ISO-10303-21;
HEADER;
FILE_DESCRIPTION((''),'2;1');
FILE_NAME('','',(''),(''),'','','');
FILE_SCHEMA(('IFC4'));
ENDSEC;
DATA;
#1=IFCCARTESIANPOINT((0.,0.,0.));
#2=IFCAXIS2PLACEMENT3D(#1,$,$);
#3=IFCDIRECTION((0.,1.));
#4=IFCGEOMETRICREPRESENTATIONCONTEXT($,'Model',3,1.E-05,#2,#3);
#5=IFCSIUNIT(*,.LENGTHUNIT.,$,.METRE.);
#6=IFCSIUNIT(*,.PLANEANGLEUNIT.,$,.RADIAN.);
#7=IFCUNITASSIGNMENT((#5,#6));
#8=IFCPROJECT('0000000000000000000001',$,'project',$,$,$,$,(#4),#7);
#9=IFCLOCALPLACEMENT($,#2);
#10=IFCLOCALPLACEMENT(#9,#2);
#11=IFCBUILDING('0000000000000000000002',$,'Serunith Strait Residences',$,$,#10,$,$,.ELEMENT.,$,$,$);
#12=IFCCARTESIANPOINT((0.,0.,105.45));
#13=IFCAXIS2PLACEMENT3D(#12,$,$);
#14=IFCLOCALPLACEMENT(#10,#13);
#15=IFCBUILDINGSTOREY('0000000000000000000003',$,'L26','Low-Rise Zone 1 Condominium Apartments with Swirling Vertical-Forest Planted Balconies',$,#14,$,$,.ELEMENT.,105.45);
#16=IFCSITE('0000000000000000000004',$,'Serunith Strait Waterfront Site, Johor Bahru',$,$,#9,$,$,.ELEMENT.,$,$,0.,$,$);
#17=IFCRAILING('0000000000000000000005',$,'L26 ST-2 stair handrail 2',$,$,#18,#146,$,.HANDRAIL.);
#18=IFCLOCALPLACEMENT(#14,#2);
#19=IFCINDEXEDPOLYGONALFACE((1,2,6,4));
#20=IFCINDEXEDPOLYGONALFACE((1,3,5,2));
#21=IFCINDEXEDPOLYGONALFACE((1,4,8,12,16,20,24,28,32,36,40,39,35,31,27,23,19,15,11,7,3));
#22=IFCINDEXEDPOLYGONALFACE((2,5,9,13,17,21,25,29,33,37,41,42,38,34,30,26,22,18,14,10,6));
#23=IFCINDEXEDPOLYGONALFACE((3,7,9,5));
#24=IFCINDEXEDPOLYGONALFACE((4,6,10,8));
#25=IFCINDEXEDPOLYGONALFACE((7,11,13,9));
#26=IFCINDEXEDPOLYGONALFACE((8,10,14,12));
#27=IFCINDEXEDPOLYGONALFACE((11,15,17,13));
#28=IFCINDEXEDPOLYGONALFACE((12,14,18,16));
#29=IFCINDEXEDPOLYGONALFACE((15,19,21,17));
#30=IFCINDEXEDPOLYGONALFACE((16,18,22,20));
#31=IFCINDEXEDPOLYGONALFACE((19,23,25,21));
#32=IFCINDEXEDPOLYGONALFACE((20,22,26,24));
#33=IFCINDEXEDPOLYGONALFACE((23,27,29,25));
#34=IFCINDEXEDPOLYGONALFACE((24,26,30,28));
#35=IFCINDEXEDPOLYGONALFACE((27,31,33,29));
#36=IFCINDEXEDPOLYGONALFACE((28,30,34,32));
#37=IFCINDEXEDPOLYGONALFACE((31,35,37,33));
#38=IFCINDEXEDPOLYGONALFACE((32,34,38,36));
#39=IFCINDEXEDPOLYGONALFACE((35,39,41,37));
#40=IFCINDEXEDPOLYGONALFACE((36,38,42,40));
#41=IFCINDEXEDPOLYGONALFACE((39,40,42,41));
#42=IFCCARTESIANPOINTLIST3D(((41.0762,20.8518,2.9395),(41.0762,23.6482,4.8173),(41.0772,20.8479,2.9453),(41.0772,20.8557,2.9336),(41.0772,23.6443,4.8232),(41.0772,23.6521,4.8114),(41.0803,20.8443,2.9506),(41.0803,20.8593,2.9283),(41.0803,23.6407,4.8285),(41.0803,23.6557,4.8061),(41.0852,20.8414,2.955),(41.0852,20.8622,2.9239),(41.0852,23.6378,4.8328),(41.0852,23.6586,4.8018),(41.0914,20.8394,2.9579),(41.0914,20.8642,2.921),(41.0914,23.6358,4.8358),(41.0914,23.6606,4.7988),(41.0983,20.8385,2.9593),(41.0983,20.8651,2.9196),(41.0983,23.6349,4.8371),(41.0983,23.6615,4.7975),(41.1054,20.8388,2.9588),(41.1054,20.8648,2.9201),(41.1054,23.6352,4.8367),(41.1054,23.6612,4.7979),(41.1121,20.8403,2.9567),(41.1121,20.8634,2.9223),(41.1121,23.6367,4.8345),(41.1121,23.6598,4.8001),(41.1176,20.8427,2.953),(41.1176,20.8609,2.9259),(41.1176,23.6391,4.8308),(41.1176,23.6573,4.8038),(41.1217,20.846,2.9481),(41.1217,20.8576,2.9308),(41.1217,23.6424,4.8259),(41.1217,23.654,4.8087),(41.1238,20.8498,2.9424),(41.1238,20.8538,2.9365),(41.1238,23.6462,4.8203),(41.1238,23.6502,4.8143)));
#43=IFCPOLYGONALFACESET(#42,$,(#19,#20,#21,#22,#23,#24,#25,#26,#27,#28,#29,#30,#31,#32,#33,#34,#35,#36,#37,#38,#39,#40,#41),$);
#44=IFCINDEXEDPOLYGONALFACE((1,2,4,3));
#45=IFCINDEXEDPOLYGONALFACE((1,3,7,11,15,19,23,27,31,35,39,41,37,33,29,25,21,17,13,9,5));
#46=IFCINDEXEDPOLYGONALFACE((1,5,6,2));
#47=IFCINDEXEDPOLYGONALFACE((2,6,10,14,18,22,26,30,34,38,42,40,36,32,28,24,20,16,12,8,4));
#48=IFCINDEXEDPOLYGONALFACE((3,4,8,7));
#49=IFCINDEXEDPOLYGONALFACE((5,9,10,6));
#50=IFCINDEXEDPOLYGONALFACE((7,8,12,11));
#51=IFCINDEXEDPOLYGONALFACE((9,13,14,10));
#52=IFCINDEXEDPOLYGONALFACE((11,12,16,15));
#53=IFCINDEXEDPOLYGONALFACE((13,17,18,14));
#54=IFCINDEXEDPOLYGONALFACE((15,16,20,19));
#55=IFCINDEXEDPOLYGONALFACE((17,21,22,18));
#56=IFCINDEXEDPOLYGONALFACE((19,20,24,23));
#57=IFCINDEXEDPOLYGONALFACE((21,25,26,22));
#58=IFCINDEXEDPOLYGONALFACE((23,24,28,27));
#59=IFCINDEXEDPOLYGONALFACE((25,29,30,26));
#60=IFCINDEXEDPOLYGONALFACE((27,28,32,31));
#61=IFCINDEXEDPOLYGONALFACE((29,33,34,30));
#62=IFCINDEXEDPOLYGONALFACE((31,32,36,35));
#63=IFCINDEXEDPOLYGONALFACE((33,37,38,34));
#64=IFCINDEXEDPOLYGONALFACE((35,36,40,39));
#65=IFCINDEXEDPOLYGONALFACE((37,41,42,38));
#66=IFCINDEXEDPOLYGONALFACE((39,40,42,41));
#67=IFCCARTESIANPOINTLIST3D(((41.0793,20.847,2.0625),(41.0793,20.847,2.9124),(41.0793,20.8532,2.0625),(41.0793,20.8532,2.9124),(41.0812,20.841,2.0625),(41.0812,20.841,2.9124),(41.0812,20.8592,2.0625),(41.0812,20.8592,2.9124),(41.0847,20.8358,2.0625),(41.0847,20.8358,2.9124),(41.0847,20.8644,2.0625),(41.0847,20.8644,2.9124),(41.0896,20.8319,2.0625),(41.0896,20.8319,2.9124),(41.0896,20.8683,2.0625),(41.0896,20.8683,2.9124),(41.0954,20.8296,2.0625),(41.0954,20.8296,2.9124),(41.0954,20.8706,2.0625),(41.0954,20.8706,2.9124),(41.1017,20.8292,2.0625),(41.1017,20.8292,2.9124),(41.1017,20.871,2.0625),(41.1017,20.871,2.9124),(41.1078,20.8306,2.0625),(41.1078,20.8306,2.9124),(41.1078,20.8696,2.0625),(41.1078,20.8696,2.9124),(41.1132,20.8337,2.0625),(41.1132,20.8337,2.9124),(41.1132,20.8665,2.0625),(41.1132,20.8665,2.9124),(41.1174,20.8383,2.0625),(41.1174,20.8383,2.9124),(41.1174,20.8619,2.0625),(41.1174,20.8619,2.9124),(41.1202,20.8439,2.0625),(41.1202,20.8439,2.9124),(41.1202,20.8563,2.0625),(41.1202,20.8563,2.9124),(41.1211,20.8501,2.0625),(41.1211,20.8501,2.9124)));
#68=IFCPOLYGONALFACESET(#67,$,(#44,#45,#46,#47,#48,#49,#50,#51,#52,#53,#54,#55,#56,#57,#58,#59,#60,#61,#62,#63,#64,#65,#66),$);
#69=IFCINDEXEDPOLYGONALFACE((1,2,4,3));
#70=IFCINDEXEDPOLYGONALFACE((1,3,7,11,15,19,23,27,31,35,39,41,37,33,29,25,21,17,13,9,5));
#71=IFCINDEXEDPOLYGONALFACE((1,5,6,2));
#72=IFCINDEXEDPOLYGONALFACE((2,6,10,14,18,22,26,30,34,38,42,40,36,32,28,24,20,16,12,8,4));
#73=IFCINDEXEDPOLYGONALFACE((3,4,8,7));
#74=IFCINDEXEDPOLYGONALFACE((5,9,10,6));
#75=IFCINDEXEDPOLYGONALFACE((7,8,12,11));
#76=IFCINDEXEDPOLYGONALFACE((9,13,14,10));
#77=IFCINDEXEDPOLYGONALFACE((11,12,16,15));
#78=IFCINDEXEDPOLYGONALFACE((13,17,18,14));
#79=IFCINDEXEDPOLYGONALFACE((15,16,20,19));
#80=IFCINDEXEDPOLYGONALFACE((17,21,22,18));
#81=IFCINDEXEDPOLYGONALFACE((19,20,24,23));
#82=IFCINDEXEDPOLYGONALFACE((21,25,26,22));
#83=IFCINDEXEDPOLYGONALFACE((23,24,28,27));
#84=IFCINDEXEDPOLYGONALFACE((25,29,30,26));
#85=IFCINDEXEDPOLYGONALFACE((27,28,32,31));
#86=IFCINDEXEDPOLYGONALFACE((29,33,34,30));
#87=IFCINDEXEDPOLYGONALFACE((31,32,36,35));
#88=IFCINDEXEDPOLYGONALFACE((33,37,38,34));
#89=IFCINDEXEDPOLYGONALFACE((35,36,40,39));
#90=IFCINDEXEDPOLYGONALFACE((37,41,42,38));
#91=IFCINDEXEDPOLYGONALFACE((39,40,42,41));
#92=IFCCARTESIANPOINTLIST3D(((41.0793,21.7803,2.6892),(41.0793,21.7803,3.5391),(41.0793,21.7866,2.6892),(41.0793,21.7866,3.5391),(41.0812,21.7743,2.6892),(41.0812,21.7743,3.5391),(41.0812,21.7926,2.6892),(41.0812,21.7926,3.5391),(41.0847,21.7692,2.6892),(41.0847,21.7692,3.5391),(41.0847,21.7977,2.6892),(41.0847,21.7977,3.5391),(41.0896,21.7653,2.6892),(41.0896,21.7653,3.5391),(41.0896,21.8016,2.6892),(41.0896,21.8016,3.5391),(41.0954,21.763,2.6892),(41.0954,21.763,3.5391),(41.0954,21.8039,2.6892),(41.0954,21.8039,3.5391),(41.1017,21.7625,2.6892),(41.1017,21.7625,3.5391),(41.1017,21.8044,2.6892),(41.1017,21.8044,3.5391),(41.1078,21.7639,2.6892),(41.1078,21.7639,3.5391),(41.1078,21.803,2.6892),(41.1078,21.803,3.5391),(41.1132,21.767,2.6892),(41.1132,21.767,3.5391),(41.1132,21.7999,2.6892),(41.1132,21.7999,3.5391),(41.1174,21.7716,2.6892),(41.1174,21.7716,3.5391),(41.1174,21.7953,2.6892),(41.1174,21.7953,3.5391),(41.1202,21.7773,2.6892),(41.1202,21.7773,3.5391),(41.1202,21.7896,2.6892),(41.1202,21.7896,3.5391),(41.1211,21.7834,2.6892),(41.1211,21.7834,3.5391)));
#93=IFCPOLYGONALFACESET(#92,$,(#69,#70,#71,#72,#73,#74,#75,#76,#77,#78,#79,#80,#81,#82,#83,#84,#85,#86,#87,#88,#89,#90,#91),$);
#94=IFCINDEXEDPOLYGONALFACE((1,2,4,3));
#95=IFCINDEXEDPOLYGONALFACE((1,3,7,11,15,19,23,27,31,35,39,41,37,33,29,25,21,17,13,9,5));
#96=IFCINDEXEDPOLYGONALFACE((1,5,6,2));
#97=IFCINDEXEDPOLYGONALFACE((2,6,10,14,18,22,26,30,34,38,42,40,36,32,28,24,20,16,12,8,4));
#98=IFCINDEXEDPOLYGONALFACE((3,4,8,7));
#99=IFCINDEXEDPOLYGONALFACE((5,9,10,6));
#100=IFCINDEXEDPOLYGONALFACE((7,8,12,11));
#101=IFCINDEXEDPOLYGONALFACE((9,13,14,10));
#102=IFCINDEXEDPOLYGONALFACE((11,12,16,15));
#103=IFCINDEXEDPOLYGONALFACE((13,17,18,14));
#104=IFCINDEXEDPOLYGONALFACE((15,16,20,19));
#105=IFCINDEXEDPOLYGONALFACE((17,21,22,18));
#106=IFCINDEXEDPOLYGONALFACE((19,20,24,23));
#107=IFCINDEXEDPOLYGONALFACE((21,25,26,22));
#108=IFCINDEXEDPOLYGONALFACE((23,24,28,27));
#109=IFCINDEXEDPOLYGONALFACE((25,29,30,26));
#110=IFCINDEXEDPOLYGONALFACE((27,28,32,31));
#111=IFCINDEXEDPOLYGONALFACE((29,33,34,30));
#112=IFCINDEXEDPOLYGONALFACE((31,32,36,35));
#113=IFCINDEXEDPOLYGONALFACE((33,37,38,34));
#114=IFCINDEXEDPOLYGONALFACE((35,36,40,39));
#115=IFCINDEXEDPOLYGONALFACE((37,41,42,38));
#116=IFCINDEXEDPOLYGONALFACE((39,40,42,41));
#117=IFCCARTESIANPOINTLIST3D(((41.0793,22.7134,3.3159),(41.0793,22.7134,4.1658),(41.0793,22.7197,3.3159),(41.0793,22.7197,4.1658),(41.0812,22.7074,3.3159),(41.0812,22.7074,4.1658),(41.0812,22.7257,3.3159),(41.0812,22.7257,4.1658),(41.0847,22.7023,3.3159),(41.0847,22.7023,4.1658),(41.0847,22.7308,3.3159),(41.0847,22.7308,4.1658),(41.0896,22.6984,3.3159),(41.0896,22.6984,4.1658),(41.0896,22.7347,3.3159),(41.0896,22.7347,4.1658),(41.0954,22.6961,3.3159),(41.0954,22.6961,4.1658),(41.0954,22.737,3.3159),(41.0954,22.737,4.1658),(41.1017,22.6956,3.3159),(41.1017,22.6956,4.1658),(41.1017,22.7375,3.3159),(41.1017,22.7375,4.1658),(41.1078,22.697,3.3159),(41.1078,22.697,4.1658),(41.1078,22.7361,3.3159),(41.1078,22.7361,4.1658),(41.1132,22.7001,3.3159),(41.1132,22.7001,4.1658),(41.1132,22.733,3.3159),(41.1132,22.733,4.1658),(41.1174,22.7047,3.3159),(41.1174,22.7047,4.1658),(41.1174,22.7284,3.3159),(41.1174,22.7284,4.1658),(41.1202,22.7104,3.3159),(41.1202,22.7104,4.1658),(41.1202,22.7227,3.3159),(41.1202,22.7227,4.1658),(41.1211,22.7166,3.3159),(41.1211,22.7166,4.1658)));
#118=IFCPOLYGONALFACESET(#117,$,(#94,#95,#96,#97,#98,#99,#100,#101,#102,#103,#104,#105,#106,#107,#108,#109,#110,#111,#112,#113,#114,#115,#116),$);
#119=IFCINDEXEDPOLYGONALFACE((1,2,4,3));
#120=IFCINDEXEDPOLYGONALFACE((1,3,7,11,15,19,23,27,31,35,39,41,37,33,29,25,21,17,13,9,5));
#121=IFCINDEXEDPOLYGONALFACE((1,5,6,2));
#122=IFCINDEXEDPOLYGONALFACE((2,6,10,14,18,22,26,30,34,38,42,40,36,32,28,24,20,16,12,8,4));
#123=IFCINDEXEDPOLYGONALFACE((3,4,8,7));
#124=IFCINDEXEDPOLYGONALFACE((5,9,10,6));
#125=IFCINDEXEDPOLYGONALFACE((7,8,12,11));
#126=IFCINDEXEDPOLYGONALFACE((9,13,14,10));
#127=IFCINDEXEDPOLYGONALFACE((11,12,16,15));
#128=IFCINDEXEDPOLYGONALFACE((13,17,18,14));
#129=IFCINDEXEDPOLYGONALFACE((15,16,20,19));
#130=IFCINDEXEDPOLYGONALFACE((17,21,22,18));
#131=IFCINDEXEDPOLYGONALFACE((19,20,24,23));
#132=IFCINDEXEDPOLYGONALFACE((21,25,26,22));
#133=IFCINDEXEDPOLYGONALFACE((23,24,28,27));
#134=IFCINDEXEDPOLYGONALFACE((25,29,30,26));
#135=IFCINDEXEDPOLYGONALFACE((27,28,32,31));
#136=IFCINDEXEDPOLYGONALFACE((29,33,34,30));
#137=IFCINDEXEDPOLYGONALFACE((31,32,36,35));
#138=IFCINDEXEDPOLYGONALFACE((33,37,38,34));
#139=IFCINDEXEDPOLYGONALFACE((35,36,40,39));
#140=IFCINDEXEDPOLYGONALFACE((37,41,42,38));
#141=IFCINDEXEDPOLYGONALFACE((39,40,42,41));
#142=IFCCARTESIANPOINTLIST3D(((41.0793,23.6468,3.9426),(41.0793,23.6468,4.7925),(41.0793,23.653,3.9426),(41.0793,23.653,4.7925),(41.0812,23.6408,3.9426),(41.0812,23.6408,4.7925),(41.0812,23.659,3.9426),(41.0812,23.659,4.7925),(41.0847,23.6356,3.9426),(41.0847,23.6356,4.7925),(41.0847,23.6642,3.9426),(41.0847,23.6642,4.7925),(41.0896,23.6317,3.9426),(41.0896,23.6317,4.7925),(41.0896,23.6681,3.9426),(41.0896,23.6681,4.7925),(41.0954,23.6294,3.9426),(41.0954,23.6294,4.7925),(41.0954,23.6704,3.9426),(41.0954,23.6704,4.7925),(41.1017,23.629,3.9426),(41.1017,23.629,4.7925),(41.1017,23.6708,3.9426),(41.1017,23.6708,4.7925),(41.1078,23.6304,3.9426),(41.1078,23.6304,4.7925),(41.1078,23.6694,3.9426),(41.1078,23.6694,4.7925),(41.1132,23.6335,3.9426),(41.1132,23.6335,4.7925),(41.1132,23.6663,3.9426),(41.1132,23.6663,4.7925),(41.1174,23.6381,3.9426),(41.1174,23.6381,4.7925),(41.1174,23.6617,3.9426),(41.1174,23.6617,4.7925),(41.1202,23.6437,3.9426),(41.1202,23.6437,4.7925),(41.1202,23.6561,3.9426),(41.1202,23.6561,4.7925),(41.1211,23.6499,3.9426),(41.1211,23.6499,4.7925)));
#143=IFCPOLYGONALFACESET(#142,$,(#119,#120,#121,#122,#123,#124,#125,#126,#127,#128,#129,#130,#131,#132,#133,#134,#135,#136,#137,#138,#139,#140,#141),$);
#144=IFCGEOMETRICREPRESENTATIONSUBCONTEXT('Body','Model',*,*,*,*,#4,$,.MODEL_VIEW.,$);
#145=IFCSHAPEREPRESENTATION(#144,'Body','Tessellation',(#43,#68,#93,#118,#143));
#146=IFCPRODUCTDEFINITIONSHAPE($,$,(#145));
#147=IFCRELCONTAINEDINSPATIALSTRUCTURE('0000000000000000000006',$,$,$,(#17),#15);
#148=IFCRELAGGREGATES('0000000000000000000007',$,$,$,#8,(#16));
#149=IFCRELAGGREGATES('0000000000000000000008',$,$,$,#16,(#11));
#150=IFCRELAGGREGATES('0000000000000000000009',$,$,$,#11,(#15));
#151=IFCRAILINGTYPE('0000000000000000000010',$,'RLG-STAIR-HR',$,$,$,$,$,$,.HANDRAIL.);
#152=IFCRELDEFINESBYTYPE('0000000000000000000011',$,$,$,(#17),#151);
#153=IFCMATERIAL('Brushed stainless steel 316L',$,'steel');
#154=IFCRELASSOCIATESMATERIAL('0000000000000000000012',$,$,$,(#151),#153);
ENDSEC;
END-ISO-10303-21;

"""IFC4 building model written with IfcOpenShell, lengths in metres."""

from ifc_helpers import new_model, si_unit, direction, frame, origin, origin_2d, place, context, subcontext, project, spatial, circle, extrude, material, type_object, element, save


model = new_model("IFC4")

# Units and contexts
model_context = context("Model", 3, precision=1e-05, world=origin(), true_north=direction((0.0, 1.0)))
body_context = subcontext(model_context, "Body", "Model", "MODEL_VIEW")
ifc_project = project(units=[si_unit("LENGTHUNIT", "METRE"), si_unit("PLANEANGLEUNIT", "RADIAN")], contexts=[model_context])

# Site, building, storey
site_placement = place(None, origin())
site = spatial("IfcSite", under=ifc_project, at=site_placement, Name="Serunith Strait Waterfront Site, Johor Bahru", CompositionType="ELEMENT", RefElevation=0.0)
building_placement = place(site_placement, origin())
building = spatial("IfcBuilding", under=site, at=building_placement, Name="Serunith Strait Residences", CompositionType="ELEMENT")
storey_placement = place(building_placement, frame((0.0, 0.0, 105.45)))
storey = spatial("IfcBuildingStorey", under=building, at=storey_placement, Name="L26", Description="Low-Rise Zone 1 Condominium Apartments with Swirling Vertical-Forest Planted Balconies", CompositionType="ELEMENT", Elevation=105.45)

# Railing
ifc_material_1 = material(Name="Brushed stainless steel 316L", Category="steel")
railing_type_1 = type_object("IfcRailingType", Name="RLG-STAIR-HR", PredefinedType="HANDRAIL", material=ifc_material_1)
railing_1_placement = place(storey_placement, frame((41.1001, 20.8501, 2.0625)))
element("IfcRailing", 1, at=railing_1_placement, inside=storey, type_object=railing_type_1, Name="L26 ST-2 stair handrail 2", PredefinedType="HANDRAIL", context=body_context, shape_type="SweptSolid", body=[
    extrude(circle(Radius=0.0239, at=origin_2d()), frame((0.0, 0.0017, 0.877), z_axis=(0.0, 0.830186, 0.557487), x_axis=(-1.0, 0.0, 0.0)), (0.0, 0.0, 1.0), 3.3684),
    extrude(circle(Radius=0.021, at=origin_2d()), origin(), (0.0, 0.0, 1.0), 0.8499),
    extrude(circle(Radius=0.021, at=origin_2d()), frame((0.0, 0.9333, 0.6267)), (0.0, 0.0, 1.0), 0.8499),
    extrude(circle(Radius=0.021, at=origin_2d()), frame((0.0, 1.8665, 1.2534)), (0.0, 0.0, 1.0), 0.8499),
    extrude(circle(Radius=0.021, at=origin_2d()), frame((0.0, 2.7998, 1.8801)), (0.0, 0.0, 1.0), 0.8499),
])

save(model, "model.ifc")
